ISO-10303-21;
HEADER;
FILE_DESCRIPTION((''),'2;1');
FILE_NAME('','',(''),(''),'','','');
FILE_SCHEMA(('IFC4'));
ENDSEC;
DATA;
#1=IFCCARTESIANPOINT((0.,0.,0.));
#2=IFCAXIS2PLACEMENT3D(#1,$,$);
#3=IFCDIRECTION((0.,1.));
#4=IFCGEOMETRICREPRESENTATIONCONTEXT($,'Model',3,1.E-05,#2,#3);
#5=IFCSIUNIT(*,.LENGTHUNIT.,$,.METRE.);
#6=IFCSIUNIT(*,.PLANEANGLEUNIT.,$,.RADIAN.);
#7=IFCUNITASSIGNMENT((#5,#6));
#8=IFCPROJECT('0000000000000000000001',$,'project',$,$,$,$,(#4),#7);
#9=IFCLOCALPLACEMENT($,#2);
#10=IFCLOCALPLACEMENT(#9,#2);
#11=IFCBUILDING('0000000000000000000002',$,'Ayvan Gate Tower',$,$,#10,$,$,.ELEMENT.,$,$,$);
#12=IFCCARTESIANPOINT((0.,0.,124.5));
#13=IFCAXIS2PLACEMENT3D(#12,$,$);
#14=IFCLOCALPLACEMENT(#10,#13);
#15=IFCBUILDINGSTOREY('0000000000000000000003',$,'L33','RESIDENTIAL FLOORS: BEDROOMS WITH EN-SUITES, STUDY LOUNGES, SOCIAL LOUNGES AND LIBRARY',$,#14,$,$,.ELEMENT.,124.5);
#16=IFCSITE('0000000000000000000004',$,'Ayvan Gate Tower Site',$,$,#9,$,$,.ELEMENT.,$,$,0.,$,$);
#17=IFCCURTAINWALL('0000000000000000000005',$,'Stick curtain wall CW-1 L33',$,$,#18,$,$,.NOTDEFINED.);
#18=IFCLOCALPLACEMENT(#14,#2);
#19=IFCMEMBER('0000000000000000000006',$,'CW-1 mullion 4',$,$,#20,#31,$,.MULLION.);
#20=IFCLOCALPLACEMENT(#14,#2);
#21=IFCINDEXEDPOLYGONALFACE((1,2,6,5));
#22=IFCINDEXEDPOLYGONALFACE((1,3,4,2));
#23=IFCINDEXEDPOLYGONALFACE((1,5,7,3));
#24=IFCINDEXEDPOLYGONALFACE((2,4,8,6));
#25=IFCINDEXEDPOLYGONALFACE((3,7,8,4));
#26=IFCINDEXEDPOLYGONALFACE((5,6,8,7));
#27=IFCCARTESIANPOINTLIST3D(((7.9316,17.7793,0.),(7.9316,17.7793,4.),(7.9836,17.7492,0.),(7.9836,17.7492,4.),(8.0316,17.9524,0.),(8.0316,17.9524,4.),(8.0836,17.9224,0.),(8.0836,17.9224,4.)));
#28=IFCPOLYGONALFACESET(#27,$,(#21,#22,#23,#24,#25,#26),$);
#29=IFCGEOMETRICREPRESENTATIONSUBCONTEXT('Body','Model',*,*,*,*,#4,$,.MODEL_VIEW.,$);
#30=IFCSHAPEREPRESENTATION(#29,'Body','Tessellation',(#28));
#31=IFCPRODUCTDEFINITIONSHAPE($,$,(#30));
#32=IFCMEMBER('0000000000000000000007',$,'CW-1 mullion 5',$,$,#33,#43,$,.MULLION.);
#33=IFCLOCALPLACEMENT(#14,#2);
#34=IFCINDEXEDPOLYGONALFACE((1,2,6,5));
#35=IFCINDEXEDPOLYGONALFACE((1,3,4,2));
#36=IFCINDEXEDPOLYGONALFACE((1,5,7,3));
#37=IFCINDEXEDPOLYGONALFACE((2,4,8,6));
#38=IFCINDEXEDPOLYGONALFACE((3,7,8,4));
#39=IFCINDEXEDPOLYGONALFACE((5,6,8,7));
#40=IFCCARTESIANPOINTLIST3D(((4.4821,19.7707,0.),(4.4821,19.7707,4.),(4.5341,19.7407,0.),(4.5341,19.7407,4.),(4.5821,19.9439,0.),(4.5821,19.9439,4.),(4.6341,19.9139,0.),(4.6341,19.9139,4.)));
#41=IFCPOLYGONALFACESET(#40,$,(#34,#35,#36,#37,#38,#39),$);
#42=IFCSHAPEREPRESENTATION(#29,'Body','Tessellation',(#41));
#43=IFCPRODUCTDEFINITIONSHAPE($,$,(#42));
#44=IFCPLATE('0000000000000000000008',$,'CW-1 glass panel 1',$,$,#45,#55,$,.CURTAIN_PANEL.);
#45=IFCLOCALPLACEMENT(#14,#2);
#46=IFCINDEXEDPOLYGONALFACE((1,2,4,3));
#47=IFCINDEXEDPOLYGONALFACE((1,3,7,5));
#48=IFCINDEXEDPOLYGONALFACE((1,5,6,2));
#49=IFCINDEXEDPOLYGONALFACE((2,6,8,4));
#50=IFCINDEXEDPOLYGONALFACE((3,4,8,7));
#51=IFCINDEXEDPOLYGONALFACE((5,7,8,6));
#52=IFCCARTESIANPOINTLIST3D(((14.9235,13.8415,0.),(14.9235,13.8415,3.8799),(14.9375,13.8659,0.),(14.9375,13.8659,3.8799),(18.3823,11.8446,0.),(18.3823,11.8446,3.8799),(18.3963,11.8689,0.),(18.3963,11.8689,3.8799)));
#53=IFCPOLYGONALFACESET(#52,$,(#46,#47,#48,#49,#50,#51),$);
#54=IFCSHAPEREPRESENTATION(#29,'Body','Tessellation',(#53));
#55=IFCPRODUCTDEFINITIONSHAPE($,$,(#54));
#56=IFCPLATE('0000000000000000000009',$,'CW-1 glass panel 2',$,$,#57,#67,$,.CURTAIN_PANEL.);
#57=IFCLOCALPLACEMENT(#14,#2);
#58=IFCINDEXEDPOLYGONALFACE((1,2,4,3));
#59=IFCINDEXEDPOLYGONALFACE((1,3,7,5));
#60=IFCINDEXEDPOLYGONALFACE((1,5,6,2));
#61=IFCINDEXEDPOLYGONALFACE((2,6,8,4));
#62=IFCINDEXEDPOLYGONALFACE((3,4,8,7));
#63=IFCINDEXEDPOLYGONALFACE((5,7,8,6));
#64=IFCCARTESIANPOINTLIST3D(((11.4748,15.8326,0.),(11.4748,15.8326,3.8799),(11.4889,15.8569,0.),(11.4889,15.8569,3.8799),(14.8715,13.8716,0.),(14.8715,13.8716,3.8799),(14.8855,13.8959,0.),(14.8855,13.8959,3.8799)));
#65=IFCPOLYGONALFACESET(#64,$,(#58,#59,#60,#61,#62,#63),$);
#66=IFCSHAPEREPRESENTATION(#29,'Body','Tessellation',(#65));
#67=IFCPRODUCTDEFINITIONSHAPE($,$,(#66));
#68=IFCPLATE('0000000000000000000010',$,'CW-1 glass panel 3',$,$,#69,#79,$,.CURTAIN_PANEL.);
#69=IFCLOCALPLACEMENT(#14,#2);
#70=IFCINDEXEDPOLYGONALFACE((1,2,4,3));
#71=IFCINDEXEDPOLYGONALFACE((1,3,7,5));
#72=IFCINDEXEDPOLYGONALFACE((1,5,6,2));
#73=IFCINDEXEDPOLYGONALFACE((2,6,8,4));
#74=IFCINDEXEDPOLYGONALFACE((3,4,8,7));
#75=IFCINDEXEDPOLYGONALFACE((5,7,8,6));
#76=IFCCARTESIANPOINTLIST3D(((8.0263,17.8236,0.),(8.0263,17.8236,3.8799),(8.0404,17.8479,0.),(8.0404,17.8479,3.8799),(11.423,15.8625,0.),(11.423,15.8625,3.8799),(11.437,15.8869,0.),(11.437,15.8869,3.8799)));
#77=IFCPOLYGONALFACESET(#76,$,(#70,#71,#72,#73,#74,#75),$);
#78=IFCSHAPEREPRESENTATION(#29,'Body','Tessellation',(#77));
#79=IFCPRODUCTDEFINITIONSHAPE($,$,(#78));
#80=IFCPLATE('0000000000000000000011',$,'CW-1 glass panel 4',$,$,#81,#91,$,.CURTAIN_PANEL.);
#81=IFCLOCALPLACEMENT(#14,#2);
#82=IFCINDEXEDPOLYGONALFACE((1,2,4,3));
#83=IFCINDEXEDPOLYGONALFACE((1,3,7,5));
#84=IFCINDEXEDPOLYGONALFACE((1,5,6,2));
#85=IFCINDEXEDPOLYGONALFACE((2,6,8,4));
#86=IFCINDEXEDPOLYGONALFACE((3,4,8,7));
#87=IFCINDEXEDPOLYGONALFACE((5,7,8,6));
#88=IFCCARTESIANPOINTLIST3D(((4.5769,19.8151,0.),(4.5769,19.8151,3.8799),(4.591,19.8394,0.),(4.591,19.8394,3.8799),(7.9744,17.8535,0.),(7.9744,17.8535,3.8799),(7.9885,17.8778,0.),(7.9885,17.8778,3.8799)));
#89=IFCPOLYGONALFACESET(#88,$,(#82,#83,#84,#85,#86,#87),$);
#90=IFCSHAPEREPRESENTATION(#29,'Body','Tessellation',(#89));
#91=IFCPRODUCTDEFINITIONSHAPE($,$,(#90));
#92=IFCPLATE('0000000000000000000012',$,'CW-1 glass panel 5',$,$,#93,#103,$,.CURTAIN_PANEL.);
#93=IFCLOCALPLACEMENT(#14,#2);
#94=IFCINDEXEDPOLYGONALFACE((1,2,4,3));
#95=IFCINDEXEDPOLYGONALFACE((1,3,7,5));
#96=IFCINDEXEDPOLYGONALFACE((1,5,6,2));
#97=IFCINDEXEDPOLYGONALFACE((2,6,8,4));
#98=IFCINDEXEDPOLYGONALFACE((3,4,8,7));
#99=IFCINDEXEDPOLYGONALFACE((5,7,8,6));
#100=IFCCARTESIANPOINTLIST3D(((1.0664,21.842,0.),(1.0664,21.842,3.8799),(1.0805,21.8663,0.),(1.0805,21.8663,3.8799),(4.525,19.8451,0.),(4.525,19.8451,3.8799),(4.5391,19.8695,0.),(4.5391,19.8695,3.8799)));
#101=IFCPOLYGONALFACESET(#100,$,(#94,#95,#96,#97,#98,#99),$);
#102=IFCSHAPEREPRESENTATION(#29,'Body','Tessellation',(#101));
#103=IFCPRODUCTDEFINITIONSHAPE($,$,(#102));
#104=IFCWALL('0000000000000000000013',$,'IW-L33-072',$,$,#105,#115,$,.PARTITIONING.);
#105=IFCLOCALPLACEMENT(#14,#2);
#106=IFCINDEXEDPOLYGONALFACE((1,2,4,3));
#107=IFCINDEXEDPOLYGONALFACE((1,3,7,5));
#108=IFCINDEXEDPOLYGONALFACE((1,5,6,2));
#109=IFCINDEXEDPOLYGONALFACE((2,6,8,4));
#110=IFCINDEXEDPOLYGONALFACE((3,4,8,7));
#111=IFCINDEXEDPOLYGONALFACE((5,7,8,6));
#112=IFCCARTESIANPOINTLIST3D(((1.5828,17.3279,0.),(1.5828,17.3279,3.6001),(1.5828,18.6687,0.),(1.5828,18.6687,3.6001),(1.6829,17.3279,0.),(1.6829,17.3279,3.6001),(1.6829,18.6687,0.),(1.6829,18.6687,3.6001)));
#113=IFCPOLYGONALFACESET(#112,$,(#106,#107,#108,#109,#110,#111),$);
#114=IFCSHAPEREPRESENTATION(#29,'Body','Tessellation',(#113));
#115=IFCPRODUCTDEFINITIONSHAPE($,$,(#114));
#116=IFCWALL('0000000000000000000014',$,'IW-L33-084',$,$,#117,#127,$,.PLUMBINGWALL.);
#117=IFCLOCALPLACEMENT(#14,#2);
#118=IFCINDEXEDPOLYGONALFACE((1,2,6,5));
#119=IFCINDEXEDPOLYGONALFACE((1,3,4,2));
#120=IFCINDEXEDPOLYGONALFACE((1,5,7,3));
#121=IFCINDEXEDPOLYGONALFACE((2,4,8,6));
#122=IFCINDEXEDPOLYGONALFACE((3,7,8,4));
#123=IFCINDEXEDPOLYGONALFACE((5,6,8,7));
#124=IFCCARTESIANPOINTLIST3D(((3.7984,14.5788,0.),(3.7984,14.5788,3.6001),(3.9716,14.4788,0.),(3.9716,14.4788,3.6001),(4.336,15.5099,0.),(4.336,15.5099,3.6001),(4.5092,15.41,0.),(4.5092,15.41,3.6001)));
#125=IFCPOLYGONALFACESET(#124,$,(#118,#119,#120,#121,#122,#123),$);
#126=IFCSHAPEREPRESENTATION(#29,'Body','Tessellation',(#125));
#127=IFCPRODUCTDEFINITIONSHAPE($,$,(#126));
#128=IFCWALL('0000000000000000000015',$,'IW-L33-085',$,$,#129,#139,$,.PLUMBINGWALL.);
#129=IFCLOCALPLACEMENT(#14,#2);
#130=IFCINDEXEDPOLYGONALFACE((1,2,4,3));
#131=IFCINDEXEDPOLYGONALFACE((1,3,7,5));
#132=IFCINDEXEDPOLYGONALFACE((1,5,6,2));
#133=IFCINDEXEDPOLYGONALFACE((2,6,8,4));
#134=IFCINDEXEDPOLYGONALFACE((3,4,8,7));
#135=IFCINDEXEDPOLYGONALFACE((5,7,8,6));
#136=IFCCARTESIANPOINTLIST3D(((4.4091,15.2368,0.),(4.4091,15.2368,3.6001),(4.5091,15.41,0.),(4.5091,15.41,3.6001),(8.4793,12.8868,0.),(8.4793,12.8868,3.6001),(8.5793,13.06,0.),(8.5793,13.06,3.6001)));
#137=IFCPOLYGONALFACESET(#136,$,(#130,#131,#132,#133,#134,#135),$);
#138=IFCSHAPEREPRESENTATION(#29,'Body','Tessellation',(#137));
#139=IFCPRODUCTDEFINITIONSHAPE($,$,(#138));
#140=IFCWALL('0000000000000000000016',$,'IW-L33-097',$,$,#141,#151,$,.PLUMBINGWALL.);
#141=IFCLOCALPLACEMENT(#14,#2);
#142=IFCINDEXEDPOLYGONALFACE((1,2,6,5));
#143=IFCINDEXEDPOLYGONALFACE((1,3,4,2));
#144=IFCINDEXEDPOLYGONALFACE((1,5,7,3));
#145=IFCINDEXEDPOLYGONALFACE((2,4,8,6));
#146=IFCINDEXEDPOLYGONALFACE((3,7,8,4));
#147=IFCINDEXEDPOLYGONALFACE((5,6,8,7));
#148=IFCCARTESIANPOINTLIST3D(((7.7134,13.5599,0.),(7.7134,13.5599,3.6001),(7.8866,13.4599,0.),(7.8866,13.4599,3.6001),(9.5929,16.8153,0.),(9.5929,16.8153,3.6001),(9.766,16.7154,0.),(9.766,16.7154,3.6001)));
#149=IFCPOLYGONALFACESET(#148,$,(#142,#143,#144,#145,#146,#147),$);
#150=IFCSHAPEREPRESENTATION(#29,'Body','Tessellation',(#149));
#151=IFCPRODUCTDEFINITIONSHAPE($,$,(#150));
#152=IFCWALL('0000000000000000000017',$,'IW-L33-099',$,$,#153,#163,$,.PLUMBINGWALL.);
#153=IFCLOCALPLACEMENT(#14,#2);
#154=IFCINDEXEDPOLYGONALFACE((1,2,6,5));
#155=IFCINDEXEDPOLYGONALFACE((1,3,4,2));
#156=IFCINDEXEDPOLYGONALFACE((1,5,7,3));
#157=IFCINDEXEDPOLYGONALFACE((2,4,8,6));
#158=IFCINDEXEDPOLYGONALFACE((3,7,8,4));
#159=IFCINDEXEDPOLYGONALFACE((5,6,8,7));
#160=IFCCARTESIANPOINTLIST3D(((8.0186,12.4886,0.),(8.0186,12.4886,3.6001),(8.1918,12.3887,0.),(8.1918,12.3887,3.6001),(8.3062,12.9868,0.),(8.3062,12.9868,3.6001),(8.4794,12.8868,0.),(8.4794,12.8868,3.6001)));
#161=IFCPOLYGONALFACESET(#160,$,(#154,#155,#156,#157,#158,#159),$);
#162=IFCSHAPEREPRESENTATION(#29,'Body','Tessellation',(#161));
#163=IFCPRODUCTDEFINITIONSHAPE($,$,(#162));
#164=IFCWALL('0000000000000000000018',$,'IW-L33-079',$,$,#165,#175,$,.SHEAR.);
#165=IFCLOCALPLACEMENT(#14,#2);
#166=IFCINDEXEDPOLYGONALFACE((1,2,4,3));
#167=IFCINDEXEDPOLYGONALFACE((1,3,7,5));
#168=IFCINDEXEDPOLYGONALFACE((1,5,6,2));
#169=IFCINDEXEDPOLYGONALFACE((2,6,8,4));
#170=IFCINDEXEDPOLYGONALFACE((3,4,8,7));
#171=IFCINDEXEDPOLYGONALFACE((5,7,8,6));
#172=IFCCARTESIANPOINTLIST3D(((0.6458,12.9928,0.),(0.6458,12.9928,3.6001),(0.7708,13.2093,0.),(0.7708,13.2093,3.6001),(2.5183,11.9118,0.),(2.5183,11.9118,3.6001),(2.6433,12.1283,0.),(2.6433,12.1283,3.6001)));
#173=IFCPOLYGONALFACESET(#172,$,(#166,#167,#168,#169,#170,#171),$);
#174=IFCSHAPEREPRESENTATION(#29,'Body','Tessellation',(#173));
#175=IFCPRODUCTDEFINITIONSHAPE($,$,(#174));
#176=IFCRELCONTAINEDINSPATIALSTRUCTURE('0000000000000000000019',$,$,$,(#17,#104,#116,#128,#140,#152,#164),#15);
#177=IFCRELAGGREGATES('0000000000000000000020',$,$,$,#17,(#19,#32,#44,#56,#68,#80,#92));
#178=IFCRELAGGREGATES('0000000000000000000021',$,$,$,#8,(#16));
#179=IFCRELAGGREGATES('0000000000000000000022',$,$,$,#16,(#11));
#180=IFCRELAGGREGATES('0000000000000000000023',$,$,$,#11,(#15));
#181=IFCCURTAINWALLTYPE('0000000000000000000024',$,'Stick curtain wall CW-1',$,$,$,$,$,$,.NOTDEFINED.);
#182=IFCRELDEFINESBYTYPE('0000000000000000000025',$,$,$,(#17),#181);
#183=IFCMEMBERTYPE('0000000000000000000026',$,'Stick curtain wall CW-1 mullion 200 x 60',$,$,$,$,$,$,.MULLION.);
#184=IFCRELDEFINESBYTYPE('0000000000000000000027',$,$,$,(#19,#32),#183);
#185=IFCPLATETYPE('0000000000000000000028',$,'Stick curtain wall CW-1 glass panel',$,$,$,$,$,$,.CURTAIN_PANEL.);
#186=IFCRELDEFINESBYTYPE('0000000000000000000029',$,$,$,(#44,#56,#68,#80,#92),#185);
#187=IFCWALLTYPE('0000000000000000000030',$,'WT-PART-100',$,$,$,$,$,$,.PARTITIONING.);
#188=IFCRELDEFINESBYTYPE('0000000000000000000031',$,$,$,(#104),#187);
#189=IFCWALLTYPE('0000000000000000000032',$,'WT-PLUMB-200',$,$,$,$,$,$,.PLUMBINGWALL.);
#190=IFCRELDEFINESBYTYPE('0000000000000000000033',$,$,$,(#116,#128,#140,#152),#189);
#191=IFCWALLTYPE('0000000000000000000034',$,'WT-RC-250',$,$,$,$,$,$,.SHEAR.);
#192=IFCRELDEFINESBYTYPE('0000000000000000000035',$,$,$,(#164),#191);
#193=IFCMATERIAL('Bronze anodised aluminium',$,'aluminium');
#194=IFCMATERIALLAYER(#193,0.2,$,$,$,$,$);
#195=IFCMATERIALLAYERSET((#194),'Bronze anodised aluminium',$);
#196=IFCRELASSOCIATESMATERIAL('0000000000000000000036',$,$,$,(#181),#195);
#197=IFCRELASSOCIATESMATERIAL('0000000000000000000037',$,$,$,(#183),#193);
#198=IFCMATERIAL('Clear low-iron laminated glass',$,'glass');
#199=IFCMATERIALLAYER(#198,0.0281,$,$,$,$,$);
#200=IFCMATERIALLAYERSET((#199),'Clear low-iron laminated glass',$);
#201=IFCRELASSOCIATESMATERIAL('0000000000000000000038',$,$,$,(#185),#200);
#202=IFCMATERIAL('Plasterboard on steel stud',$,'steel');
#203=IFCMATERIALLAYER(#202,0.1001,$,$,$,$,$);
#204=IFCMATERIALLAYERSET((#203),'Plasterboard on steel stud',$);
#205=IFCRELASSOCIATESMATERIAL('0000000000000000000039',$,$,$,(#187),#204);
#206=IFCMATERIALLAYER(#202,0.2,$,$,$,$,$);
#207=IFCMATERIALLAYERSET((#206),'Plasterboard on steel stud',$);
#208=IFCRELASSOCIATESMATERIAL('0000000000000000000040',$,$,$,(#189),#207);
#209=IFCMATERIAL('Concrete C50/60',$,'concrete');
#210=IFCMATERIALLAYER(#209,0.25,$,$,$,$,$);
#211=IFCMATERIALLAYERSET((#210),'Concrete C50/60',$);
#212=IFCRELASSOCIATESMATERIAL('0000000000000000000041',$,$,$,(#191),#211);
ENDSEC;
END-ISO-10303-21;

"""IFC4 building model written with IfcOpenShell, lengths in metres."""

from ifc_helpers import new_model, si_unit, direction, frame, frame_2d, origin, origin_2d, place, context, subcontext, project, spatial, rectangle, extrude, material, layer, layer_set, material_profile, profile_set, type_object, element, aggregate, save


model = new_model("IFC4")

# Units and contexts
model_context = context("Model", 3, precision=1e-05, world=origin(), true_north=direction((0.0, 1.0)))
body_context = subcontext(model_context, "Body", "Model", "MODEL_VIEW")
ifc_project = project(units=[si_unit("LENGTHUNIT", "METRE"), si_unit("PLANEANGLEUNIT", "RADIAN")], contexts=[model_context])

# Site, building, storey
site_placement = place(None, origin())
site = spatial("IfcSite", under=ifc_project, at=site_placement, Name="Ayvan Gate Tower Site", CompositionType="ELEMENT", RefElevation=0.0)
building_placement = place(site_placement, origin())
building = spatial("IfcBuilding", under=site, at=building_placement, Name="Ayvan Gate Tower", CompositionType="ELEMENT")
storey_placement = place(building_placement, frame((0.0, 0.0, 124.5)))
storey = spatial("IfcBuildingStorey", under=building, at=storey_placement, Name="L33", Description="RESIDENTIAL FLOORS: BEDROOMS WITH EN-SUITES, STUDY LOUNGES, SOCIAL LOUNGES AND LIBRARY", CompositionType="ELEMENT", Elevation=124.5)

# Curtain wall, members, plates
ifc_material_1 = material(Name="Bronze anodised aluminium", Category="aluminium")
ifc_layer_1 = layer(ifc_material_1, 0.2)
ifc_layer_set_1 = layer_set([ifc_layer_1], Name="Bronze anodised aluminium")
curtain_wall_type = type_object("IfcCurtainWallType", Name="Stick curtain wall CW-1", PredefinedType="NOTDEFINED", material=ifc_layer_set_1)
curtain_wall_placement = place(storey_placement, origin())
curtain_wall = element("IfcCurtainWall", 1, at=curtain_wall_placement, inside=storey, type_object=curtain_wall_type, Name="Stick curtain wall CW-1 L33", PredefinedType="NOTDEFINED")
ifc_material_profile_1 = material_profile(ifc_material_1, rectangle(XDim=0.2, YDim=0.0601, at=origin_2d()), Name="Stick curtain wall CW-1 mullion 200 x 60")
ifc_profile_set_1 = profile_set([ifc_material_profile_1], Name="Bronze anodised aluminium")
member_type_1 = type_object("IfcMemberType", Name="Stick curtain wall CW-1 mullion 200 x 60", PredefinedType="MULLION", material=ifc_profile_set_1)
member_1_placement = place(storey_placement, frame((8.0076, 17.8508, 0.0), z_axis=(0.0, 0.0, 1.0), x_axis=(0.5, 0.866025, 0.0)))
member_1 = element("IfcMember", 2, at=member_1_placement, type_object=member_type_1, Name="CW-1 mullion 4", PredefinedType="MULLION", context=body_context, shape_type="SweptSolid", body=[
    extrude(rectangle(XDim=0.2, YDim=0.0601, at=origin_2d()), origin(), (0.0, 0.0, 1.0), 4.0),
])
member_2_placement = place(storey_placement, frame((4.5581, 19.8423, 0.0), z_axis=(0.0, 0.0, 1.0), x_axis=(0.5, 0.866025, 0.0)))
member_2 = element("IfcMember", 3, at=member_2_placement, type_object=member_type_1, Name="CW-1 mullion 5", PredefinedType="MULLION", context=body_context, shape_type="SweptSolid", body=[
    extrude(rectangle(XDim=0.2, YDim=0.0601, at=origin_2d()), origin(), (0.0, 0.0, 1.0), 4.0),
])
ifc_material_2 = material(Name="Clear low-iron laminated glass", Category="glass")
ifc_layer_2 = layer(ifc_material_2, 0.0281)
ifc_layer_set_2 = layer_set([ifc_layer_2], Name="Clear low-iron laminated glass")
plate_type = type_object("IfcPlateType", Name="Stick curtain wall CW-1 glass panel", PredefinedType="CURTAIN_PANEL", material=ifc_layer_set_2)
plate_1_placement = place(storey_placement, frame((16.6599, 12.8552, 0.0), z_axis=(0.0, 0.0, 1.0), x_axis=(-0.866025, 0.5, 0.0)))
plate_1 = element("IfcPlate", 4, at=plate_1_placement, type_object=plate_type, Name="CW-1 glass panel 1", PredefinedType="CURTAIN_PANEL", context=body_context, shape_type="SweptSolid", body=[
    extrude(rectangle(XDim=3.9939, YDim=0.0281, at=origin_2d()), origin(), (0.0, 0.0, 1.0), 3.8799),
])
plate_2_placement = place(storey_placement, frame((13.1802, 14.8643, 0.0), z_axis=(0.0, 0.0, 1.0), x_axis=(-0.866025, 0.5, 0.0)))
plate_2 = element("IfcPlate", 5, at=plate_2_placement, type_object=plate_type, Name="CW-1 glass panel 2", PredefinedType="CURTAIN_PANEL", context=body_context, shape_type="SweptSolid", body=[
    extrude(rectangle(XDim=3.9221, YDim=0.0281, at=origin_2d()), origin(), (0.0, 0.0, 1.0), 3.8799),
])
plate_3_placement = place(storey_placement, frame((9.7317, 16.8552, 0.0), z_axis=(0.0, 0.0, 1.0), x_axis=(-0.866025, 0.5, 0.0)))
plate_3 = element("IfcPlate", 6, at=plate_3_placement, type_object=plate_type, Name="CW-1 glass panel 3", PredefinedType="CURTAIN_PANEL", context=body_context, shape_type="SweptSolid", body=[
    extrude(rectangle(XDim=3.9221, YDim=0.0281, at=origin_2d()), origin(), (0.0, 0.0, 1.0), 3.8799),
])
plate_4_placement = place(storey_placement, frame((6.2827, 18.8464, 0.0), z_axis=(0.0, 0.0, 1.0), x_axis=(-0.866025, 0.5, 0.0)))
plate_4 = element("IfcPlate", 7, at=plate_4_placement, type_object=plate_type, Name="CW-1 glass panel 4", PredefinedType="CURTAIN_PANEL", context=body_context, shape_type="SweptSolid", body=[
    extrude(rectangle(XDim=3.9231, YDim=0.0281, at=origin_2d()), origin(), (0.0, 0.0, 1.0), 3.8799),
])
plate_5_placement = place(storey_placement, frame((2.8027, 20.8557, 0.0), z_axis=(0.0, 0.0, 1.0), x_axis=(-0.866025, 0.5, 0.0)))
plate_5 = element("IfcPlate", 8, at=plate_5_placement, type_object=plate_type, Name="CW-1 glass panel 5", PredefinedType="CURTAIN_PANEL", context=body_context, shape_type="SweptSolid", body=[
    extrude(rectangle(XDim=3.9937, YDim=0.0281, at=origin_2d()), origin(), (0.0, 0.0, 1.0), 3.8799),
])
aggregate(curtain_wall, [member_1, member_2, plate_1, plate_2, plate_3, plate_4, plate_5])

# Walls
ifc_material_3 = material(Name="Plasterboard on steel stud", Category="steel")
ifc_layer_3 = layer(ifc_material_3, 0.1001)
ifc_layer_set_3 = layer_set([ifc_layer_3], Name="Plasterboard on steel stud")
wall_type_1 = type_object("IfcWallType", Name="WT-PART-100", PredefinedType="PARTITIONING", material=ifc_layer_set_3)
wall_1_placement = place(storey_placement, frame((1.6328, 17.3279, 0.0), z_axis=(0.0, 0.0, 1.0), x_axis=(0.0, 1.0, 0.0)))
element("IfcWall", 9, at=wall_1_placement, inside=storey, type_object=wall_type_1, Name="IW-L33-072", PredefinedType="PARTITIONING", context=body_context, shape_type="SweptSolid", body=[
    extrude(rectangle(XDim=1.3408, YDim=0.1001, at=frame_2d((0.6704, 0.0))), origin(), (0.0, 0.0, 1.0), 3.6001),
])
ifc_layer_4 = layer(ifc_material_3, 0.2)
ifc_layer_set_4 = layer_set([ifc_layer_4], Name="Plasterboard on steel stud")
wall_type_2 = type_object("IfcWallType", Name="WT-PLUMB-200", PredefinedType="PLUMBINGWALL", material=ifc_layer_set_4)
wall_2_placement = place(storey_placement, frame((3.885, 14.5288, 0.0), z_axis=(0.0, 0.0, 1.0), x_axis=(0.499998, 0.866027, 0.0)))
element("IfcWall", 10, at=wall_2_placement, inside=storey, type_object=wall_type_2, Name="IW-L33-084", PredefinedType="PLUMBINGWALL", context=body_context, shape_type="SweptSolid", body=[
    extrude(rectangle(XDim=1.0752, YDim=0.2, at=frame_2d((0.5376, 0.0))), origin(), (0.0, 0.0, 1.0), 3.6001),
])
wall_3_placement = place(storey_placement, frame((4.459, 15.3235, 0.0), z_axis=(0.0, 0.0, 1.0), x_axis=(0.866016, -0.500016, 0.0)))
element("IfcWall", 11, at=wall_3_placement, inside=storey, type_object=wall_type_2, Name="IW-L33-085", PredefinedType="PLUMBINGWALL", context=body_context, shape_type="SweptSolid", body=[
    extrude(rectangle(XDim=4.7, YDim=0.2, at=frame_2d((2.3501, 0.0))), origin(), (0.0, 0.0, 1.0), 3.6001),
])
wall_4_placement = place(storey_placement, frame((7.8, 13.51, 0.0), z_axis=(0.0, 0.0, 1.0), x_axis=(0.499981, 0.866036, 0.0)))
element("IfcWall", 12, at=wall_4_placement, inside=storey, type_object=wall_type_2, Name="IW-L33-097", PredefinedType="PLUMBINGWALL", context=body_context, shape_type="SweptSolid", body=[
    extrude(rectangle(XDim=3.759, YDim=0.2, at=frame_2d((1.8794, 0.0))), origin(), (0.0, 0.0, 1.0), 3.6001),
])
wall_5_placement = place(storey_placement, frame((8.3928, 12.9368, 0.0), z_axis=(0.0, 0.0, 1.0), x_axis=(-0.500065, -0.865988, 0.0)))
element("IfcWall", 13, at=wall_5_placement, inside=storey, type_object=wall_type_2, Name="IW-L33-099", PredefinedType="PLUMBINGWALL", context=body_context, shape_type="SweptSolid", body=[
    extrude(rectangle(XDim=0.5752, YDim=0.2, at=frame_2d((0.2876, 0.0))), origin(), (0.0, 0.0, 1.0), 3.6001),
])
ifc_material_4 = material(Name="Concrete C50/60", Category="concrete")
ifc_layer_5 = layer(ifc_material_4, 0.25)
ifc_layer_set_5 = layer_set([ifc_layer_5], Name="Concrete C50/60")
wall_type_3 = type_object("IfcWallType", Name="WT-RC-250", PredefinedType="SHEAR", material=ifc_layer_set_5)
wall_6_placement = place(storey_placement, frame((2.5808, 12.02, 0.0), z_axis=(0.0, 0.0, 1.0), x_axis=(-0.866039, 0.499977, 0.0)))
element("IfcWall", 14, at=wall_6_placement, inside=storey, type_object=wall_type_3, Name="IW-L33-079", PredefinedType="SHEAR", context=body_context, shape_type="SweptSolid", body=[
    extrude(rectangle(XDim=2.1621, YDim=0.25, at=frame_2d((1.0811, 0.0))), origin(), (0.0, 0.0, 1.0), 3.6001),
])

save(model, "model.ifc")
